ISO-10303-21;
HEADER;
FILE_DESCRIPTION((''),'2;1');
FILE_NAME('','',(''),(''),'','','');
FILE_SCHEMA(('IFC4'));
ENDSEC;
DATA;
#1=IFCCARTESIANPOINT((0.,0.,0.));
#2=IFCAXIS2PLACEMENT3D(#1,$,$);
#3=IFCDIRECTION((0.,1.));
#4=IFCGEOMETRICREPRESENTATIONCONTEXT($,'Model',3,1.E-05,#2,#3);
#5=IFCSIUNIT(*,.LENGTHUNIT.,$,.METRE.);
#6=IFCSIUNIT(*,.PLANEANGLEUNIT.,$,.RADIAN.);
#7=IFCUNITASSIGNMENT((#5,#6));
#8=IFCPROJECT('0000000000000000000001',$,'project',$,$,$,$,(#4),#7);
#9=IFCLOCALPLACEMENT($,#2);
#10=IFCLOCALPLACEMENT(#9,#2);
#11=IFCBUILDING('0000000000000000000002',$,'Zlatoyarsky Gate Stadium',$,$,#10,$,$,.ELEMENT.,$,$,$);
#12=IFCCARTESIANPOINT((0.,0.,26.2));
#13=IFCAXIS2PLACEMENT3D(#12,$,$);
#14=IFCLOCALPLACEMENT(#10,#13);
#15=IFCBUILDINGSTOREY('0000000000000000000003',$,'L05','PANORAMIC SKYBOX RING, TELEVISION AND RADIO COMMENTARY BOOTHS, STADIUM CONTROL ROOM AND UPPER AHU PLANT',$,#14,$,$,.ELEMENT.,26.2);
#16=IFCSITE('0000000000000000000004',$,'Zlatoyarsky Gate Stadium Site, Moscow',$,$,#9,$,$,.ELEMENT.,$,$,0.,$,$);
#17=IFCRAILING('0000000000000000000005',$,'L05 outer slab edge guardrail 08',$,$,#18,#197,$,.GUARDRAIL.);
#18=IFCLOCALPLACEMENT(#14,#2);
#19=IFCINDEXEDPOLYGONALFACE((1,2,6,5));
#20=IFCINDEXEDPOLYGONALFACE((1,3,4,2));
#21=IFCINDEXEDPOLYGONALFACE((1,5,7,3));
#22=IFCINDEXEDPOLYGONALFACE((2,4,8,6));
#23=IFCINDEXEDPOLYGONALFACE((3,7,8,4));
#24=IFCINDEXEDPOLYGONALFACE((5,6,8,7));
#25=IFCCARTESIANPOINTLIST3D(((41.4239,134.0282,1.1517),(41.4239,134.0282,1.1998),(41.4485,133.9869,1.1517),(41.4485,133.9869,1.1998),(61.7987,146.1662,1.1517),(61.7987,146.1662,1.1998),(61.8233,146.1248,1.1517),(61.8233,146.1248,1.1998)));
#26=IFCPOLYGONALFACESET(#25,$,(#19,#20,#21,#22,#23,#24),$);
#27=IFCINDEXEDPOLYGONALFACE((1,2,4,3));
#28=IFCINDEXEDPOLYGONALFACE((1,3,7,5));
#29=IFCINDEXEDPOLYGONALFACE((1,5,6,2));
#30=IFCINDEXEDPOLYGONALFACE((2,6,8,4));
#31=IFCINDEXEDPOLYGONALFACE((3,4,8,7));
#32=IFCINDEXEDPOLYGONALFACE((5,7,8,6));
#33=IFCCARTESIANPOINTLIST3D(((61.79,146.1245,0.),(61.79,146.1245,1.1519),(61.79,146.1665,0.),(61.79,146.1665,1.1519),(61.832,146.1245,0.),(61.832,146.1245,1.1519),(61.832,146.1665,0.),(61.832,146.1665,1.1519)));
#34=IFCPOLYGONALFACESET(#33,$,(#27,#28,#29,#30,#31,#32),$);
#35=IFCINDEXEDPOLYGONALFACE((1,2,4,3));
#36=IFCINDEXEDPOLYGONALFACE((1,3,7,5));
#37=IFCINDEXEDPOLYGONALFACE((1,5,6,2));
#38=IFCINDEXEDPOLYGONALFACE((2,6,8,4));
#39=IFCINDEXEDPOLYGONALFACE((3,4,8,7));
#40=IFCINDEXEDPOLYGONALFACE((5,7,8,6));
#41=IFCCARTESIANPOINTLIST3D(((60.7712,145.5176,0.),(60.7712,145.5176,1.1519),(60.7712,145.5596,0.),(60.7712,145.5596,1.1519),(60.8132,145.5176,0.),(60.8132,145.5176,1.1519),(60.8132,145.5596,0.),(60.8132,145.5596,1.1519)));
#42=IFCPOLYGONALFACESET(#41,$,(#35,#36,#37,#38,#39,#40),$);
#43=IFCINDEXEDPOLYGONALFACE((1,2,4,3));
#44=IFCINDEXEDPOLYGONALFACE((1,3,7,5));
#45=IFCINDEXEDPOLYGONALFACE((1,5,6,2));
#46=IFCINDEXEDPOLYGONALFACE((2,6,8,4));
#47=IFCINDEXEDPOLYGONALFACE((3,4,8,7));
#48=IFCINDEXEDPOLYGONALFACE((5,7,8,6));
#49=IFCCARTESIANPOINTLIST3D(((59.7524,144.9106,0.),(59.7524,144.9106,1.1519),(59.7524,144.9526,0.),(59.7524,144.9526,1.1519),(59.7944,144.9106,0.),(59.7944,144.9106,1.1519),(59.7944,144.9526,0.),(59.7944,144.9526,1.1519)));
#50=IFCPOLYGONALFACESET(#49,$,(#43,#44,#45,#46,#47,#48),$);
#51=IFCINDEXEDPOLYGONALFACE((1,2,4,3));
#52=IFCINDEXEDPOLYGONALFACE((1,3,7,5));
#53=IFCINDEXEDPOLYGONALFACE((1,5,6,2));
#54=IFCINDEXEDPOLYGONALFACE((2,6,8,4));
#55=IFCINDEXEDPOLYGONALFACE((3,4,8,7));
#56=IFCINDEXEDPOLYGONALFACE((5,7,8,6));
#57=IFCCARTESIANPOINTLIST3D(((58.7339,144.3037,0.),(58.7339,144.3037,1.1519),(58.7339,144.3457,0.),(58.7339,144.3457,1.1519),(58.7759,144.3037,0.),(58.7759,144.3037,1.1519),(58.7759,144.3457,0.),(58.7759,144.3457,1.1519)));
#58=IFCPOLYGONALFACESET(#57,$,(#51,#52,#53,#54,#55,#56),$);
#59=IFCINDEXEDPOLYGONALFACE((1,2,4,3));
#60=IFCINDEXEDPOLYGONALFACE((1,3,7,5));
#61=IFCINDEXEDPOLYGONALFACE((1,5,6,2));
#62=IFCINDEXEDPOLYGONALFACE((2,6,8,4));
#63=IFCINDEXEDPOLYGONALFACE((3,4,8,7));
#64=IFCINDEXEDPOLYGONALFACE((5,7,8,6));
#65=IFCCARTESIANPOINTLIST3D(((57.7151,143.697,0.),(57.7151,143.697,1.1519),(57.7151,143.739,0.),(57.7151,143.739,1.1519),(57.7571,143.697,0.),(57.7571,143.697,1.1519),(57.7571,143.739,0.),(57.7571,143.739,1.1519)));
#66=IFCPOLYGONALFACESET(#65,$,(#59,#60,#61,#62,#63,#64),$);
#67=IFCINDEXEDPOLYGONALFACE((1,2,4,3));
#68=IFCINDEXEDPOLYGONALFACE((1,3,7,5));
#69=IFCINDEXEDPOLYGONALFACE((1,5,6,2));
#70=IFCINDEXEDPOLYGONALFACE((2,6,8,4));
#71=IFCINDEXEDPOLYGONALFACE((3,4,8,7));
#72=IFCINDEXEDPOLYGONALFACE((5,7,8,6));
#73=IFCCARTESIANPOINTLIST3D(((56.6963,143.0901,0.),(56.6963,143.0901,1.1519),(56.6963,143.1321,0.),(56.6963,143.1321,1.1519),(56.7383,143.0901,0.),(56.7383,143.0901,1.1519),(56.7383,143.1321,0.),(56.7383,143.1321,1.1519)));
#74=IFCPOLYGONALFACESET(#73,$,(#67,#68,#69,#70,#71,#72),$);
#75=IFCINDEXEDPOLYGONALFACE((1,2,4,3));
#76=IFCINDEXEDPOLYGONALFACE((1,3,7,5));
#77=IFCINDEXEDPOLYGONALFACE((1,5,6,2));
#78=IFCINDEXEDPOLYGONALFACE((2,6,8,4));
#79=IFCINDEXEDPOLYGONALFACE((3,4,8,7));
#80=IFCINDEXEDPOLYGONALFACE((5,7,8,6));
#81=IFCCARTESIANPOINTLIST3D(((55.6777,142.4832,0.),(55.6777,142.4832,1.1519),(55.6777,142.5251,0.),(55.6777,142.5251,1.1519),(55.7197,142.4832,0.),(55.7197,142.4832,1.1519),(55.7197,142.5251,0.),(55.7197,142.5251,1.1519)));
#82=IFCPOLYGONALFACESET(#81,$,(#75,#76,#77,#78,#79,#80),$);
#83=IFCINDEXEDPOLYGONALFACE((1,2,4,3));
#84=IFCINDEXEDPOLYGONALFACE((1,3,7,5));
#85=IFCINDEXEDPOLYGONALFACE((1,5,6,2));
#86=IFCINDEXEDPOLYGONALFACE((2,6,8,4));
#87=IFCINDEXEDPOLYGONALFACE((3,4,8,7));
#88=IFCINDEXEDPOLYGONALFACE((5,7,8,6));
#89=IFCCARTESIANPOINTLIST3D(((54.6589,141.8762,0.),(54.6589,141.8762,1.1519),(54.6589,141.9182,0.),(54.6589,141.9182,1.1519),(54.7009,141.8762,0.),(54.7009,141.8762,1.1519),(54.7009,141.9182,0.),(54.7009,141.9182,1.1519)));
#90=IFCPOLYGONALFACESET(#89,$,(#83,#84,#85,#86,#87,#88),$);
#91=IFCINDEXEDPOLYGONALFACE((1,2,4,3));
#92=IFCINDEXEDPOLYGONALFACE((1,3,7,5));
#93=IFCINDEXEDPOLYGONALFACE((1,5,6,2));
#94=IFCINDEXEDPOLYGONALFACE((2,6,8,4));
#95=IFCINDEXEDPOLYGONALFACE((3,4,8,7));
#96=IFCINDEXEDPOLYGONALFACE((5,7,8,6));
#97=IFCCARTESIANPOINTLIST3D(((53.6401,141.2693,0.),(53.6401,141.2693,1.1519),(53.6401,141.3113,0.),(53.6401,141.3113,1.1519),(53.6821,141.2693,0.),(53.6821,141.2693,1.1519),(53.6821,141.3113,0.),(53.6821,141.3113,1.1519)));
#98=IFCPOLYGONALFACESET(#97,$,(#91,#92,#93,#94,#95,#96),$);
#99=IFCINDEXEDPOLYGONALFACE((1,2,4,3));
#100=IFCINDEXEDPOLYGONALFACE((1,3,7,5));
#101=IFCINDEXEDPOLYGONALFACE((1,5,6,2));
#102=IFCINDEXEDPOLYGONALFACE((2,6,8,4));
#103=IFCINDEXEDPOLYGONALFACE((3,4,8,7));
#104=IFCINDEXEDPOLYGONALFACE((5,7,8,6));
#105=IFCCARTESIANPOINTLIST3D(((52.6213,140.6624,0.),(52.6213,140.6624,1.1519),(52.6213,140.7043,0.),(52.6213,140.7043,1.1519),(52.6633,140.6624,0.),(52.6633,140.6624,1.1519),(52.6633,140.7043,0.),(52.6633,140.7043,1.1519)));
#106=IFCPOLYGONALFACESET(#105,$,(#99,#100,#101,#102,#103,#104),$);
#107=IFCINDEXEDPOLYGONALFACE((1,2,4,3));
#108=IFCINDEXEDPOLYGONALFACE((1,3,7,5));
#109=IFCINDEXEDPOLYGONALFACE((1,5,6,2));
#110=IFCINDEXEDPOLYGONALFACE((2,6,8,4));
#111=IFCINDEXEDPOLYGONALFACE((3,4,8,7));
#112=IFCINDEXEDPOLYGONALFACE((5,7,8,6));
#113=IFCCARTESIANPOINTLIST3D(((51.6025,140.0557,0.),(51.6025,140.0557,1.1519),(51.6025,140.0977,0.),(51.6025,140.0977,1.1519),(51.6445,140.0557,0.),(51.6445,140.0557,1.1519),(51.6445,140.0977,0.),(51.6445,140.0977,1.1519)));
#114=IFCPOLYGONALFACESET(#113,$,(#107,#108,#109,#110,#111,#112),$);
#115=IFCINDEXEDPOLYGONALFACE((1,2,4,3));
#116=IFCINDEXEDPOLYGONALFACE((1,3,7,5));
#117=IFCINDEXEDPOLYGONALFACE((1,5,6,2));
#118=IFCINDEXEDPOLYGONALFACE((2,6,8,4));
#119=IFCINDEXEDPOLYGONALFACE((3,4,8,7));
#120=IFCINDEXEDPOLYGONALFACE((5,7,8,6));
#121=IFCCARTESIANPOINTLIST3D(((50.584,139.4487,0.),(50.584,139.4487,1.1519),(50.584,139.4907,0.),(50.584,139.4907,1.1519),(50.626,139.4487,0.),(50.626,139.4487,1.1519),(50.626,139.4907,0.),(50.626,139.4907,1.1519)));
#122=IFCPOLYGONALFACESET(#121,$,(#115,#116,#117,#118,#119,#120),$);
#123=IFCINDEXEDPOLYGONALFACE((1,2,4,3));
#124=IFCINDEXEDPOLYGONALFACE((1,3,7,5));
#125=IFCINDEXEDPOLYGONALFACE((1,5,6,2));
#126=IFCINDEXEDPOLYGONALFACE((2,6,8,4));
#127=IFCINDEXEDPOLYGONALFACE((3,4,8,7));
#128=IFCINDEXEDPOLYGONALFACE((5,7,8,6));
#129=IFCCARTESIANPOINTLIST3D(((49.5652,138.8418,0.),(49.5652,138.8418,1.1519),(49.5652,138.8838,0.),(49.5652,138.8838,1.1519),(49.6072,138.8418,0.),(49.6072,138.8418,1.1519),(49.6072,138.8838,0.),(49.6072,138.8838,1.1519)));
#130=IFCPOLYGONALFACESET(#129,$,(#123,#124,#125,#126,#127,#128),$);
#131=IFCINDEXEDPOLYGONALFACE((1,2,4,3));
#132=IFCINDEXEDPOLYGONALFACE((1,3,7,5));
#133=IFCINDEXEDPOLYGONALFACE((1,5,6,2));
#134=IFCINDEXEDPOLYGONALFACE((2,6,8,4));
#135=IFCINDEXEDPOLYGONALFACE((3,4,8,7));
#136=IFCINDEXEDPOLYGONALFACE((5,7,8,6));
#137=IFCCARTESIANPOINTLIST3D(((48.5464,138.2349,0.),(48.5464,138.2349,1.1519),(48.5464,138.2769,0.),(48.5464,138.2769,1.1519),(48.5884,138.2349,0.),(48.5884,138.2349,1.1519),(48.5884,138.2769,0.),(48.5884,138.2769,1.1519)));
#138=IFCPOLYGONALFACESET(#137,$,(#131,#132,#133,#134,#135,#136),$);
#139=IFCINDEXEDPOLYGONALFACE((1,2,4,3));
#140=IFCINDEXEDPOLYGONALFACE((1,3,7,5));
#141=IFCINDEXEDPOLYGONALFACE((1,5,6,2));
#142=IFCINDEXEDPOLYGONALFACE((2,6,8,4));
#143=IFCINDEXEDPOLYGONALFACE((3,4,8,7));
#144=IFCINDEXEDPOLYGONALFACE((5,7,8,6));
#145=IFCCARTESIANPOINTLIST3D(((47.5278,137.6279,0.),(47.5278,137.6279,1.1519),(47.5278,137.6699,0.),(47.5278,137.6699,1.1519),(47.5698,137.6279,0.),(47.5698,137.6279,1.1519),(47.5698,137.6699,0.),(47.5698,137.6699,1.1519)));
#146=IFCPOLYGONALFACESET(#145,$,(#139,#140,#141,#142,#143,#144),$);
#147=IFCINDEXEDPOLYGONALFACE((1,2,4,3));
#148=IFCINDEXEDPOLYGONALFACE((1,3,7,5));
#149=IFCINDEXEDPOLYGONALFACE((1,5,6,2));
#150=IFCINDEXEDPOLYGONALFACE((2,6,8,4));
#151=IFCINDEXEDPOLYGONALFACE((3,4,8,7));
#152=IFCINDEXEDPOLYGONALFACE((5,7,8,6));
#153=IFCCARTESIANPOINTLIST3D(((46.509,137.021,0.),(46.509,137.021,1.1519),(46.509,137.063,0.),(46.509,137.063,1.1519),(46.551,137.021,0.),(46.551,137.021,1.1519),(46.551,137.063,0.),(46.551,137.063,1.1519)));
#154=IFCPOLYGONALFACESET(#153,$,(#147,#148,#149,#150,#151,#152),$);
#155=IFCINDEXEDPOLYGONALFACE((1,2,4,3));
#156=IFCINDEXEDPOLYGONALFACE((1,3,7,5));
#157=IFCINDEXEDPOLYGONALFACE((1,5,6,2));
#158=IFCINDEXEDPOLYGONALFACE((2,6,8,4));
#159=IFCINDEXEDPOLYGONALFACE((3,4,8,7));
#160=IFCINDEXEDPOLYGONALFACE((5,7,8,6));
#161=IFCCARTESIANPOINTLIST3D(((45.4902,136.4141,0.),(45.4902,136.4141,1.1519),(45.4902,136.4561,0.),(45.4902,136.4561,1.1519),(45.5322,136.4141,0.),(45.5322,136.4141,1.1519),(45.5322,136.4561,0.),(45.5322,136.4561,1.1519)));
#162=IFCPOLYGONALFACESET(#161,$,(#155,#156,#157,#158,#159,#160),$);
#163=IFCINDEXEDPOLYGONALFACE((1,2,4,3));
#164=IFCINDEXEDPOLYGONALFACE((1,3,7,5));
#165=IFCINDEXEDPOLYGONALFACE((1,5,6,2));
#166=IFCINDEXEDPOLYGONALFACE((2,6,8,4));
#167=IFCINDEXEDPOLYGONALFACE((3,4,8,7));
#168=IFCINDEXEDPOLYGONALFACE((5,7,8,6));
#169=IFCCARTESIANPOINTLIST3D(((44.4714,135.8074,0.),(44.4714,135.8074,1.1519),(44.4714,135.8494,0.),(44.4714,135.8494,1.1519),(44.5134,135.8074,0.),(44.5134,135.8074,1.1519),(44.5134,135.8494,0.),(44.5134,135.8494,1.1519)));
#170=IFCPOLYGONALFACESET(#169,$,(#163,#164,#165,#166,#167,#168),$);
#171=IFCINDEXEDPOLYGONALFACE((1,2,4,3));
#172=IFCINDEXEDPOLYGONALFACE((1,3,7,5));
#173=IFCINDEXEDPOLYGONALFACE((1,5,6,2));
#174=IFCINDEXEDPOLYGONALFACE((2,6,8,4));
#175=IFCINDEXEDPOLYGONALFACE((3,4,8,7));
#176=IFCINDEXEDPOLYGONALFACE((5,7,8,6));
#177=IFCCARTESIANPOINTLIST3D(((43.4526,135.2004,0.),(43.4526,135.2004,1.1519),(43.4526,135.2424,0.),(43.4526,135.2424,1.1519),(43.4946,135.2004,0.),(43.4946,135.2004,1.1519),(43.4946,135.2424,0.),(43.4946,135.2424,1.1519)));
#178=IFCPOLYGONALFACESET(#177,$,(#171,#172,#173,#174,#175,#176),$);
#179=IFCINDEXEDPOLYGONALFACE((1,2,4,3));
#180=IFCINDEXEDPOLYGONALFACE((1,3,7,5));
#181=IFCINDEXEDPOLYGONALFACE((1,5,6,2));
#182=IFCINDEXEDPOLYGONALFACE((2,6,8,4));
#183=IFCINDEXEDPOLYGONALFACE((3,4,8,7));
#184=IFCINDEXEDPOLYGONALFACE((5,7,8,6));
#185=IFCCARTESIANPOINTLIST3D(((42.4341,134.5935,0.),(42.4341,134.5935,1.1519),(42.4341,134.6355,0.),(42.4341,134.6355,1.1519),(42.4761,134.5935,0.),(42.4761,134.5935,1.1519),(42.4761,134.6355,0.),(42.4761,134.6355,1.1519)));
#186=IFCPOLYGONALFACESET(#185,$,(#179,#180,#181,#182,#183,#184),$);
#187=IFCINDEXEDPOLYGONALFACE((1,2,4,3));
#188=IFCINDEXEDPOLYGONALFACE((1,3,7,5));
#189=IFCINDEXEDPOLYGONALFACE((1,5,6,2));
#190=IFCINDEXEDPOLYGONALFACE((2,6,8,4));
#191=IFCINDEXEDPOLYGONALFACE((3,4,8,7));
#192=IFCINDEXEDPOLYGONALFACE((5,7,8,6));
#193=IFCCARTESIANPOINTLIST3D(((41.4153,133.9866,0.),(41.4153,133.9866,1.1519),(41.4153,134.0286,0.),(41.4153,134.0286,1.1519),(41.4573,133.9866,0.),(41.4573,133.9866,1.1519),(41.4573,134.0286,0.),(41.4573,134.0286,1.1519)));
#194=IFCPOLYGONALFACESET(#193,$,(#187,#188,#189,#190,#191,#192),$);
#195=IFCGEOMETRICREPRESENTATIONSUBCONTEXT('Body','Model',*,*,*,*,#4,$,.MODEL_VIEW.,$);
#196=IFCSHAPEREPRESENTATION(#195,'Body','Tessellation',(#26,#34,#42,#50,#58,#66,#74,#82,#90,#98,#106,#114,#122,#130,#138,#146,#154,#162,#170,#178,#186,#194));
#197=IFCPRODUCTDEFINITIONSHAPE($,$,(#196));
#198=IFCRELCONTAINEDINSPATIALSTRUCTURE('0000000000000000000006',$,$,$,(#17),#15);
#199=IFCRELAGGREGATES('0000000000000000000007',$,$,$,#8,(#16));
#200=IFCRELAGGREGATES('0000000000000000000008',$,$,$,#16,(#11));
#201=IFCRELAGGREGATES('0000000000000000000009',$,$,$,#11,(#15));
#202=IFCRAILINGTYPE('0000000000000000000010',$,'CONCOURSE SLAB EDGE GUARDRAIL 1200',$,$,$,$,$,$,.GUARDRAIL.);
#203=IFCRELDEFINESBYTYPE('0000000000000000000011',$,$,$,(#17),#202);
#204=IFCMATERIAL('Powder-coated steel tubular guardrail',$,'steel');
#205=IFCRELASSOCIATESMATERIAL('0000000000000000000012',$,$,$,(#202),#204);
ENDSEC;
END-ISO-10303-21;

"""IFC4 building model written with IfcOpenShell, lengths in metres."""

from ifc_helpers import new_model, si_unit, direction, frame, origin, origin_2d, place, context, subcontext, project, spatial, rectangle, extrude, material, type_object, element, save


model = new_model("IFC4")

# Units and contexts
model_context = context("Model", 3, precision=1e-05, world=origin(), true_north=direction((0.0, 1.0)))
body_context = subcontext(model_context, "Body", "Model", "MODEL_VIEW")
ifc_project = project(units=[si_unit("LENGTHUNIT", "METRE"), si_unit("PLANEANGLEUNIT", "RADIAN")], contexts=[model_context])

# Site, building, storey
site_placement = place(None, origin())
site = spatial("IfcSite", under=ifc_project, at=site_placement, Name="Zlatoyarsky Gate Stadium Site, Moscow", CompositionType="ELEMENT", RefElevation=0.0)
building_placement = place(site_placement, origin())
building = spatial("IfcBuilding", under=site, at=building_placement, Name="Zlatoyarsky Gate Stadium", CompositionType="ELEMENT")
storey_placement = place(building_placement, frame((0.0, 0.0, 26.2)))
storey = spatial("IfcBuildingStorey", under=building, at=storey_placement, Name="L05", Description="PANORAMIC SKYBOX RING, TELEVISION AND RADIO COMMENTARY BOOTHS, STADIUM CONTROL ROOM AND UPPER AHU PLANT", CompositionType="ELEMENT", Elevation=26.2)

# Railing
ifc_material_1 = material(Name="Powder-coated steel tubular guardrail", Category="steel")
railing_type = type_object("IfcRailingType", Name="CONCOURSE SLAB EDGE GUARDRAIL 1200", PredefinedType="GUARDRAIL", material=ifc_material_1)
railing_placement = place(storey_placement, frame((61.811, 146.1455, 0.0)))
element("IfcRailing", 1, at=railing_placement, inside=storey, type_object=railing_type, Name="L05 outer slab edge guardrail 08", PredefinedType="GUARDRAIL", context=body_context, shape_type="SweptSolid", body=[
    extrude(rectangle(XDim=0.0481, YDim=0.0481, at=origin_2d()), frame((0.0, 0.0, 1.1758), z_axis=(-0.859105, -0.511799, 0.0), x_axis=(0.511799, -0.859105, 0.0)), (0.0, 0.0, 1.0), 23.7163),
    extrude(rectangle(XDim=0.042, YDim=0.042, at=origin_2d()), origin(), (0.0, 0.0, 1.0), 1.1519),
    extrude(rectangle(XDim=0.042, YDim=0.042, at=origin_2d()), frame((-1.0188, -0.6069, 0.0)), (0.0, 0.0, 1.0), 1.1519),
    extrude(rectangle(XDim=0.042, YDim=0.042, at=origin_2d()), frame((-2.0376, -1.2139, 0.0)), (0.0, 0.0, 1.0), 1.1519),
    extrude(rectangle(XDim=0.042, YDim=0.042, at=origin_2d()), frame((-3.0562, -1.8208, 0.0)), (0.0, 0.0, 1.0), 1.1519),
    extrude(rectangle(XDim=0.042, YDim=0.042, at=origin_2d()), frame((-4.075, -2.4275, 0.0)), (0.0, 0.0, 1.0), 1.1519),
    extrude(rectangle(XDim=0.042, YDim=0.042, at=origin_2d()), frame((-5.0938, -3.0344, 0.0)), (0.0, 0.0, 1.0), 1.1519),
    extrude(rectangle(XDim=0.042, YDim=0.042, at=origin_2d()), frame((-6.1123, -3.6414, 0.0)), (0.0, 0.0, 1.0), 1.1519),
    extrude(rectangle(XDim=0.042, YDim=0.042, at=origin_2d()), frame((-7.1311, -4.2483, 0.0)), (0.0, 0.0, 1.0), 1.1519),
    extrude(rectangle(XDim=0.042, YDim=0.042, at=origin_2d()), frame((-8.1499, -4.8552, 0.0)), (0.0, 0.0, 1.0), 1.1519),
    extrude(rectangle(XDim=0.042, YDim=0.042, at=origin_2d()), frame((-9.1687, -5.4622, 0.0)), (0.0, 0.0, 1.0), 1.1519),
    extrude(rectangle(XDim=0.042, YDim=0.042, at=origin_2d()), frame((-10.1875, -6.0688, 0.0)), (0.0, 0.0, 1.0), 1.1519),
    extrude(rectangle(XDim=0.042, YDim=0.042, at=origin_2d()), frame((-11.2061, -6.6758, 0.0)), (0.0, 0.0, 1.0), 1.1519),
    extrude(rectangle(XDim=0.042, YDim=0.042, at=origin_2d()), frame((-12.2249, -7.2827, 0.0)), (0.0, 0.0, 1.0), 1.1519),
    extrude(rectangle(XDim=0.042, YDim=0.042, at=origin_2d()), frame((-13.2437, -7.8896, 0.0)), (0.0, 0.0, 1.0), 1.1519),
    extrude(rectangle(XDim=0.042, YDim=0.042, at=origin_2d()), frame((-14.2622, -8.4966, 0.0)), (0.0, 0.0, 1.0), 1.1519),
    extrude(rectangle(XDim=0.042, YDim=0.042, at=origin_2d()), frame((-15.281, -9.1035, 0.0)), (0.0, 0.0, 1.0), 1.1519),
    extrude(rectangle(XDim=0.042, YDim=0.042, at=origin_2d()), frame((-16.2998, -9.7104, 0.0)), (0.0, 0.0, 1.0), 1.1519),
    extrude(rectangle(XDim=0.042, YDim=0.042, at=origin_2d()), frame((-17.3186, -10.3171, 0.0)), (0.0, 0.0, 1.0), 1.1519),
    extrude(rectangle(XDim=0.042, YDim=0.042, at=origin_2d()), frame((-18.3374, -10.9241, 0.0)), (0.0, 0.0, 1.0), 1.1519),
    extrude(rectangle(XDim=0.042, YDim=0.042, at=origin_2d()), frame((-19.356, -11.531, 0.0)), (0.0, 0.0, 1.0), 1.1519),
    extrude(rectangle(XDim=0.042, YDim=0.042, at=origin_2d()), frame((-20.3748, -12.1379, 0.0)), (0.0, 0.0, 1.0), 1.1519),
])

save(model, "model.ifc")
